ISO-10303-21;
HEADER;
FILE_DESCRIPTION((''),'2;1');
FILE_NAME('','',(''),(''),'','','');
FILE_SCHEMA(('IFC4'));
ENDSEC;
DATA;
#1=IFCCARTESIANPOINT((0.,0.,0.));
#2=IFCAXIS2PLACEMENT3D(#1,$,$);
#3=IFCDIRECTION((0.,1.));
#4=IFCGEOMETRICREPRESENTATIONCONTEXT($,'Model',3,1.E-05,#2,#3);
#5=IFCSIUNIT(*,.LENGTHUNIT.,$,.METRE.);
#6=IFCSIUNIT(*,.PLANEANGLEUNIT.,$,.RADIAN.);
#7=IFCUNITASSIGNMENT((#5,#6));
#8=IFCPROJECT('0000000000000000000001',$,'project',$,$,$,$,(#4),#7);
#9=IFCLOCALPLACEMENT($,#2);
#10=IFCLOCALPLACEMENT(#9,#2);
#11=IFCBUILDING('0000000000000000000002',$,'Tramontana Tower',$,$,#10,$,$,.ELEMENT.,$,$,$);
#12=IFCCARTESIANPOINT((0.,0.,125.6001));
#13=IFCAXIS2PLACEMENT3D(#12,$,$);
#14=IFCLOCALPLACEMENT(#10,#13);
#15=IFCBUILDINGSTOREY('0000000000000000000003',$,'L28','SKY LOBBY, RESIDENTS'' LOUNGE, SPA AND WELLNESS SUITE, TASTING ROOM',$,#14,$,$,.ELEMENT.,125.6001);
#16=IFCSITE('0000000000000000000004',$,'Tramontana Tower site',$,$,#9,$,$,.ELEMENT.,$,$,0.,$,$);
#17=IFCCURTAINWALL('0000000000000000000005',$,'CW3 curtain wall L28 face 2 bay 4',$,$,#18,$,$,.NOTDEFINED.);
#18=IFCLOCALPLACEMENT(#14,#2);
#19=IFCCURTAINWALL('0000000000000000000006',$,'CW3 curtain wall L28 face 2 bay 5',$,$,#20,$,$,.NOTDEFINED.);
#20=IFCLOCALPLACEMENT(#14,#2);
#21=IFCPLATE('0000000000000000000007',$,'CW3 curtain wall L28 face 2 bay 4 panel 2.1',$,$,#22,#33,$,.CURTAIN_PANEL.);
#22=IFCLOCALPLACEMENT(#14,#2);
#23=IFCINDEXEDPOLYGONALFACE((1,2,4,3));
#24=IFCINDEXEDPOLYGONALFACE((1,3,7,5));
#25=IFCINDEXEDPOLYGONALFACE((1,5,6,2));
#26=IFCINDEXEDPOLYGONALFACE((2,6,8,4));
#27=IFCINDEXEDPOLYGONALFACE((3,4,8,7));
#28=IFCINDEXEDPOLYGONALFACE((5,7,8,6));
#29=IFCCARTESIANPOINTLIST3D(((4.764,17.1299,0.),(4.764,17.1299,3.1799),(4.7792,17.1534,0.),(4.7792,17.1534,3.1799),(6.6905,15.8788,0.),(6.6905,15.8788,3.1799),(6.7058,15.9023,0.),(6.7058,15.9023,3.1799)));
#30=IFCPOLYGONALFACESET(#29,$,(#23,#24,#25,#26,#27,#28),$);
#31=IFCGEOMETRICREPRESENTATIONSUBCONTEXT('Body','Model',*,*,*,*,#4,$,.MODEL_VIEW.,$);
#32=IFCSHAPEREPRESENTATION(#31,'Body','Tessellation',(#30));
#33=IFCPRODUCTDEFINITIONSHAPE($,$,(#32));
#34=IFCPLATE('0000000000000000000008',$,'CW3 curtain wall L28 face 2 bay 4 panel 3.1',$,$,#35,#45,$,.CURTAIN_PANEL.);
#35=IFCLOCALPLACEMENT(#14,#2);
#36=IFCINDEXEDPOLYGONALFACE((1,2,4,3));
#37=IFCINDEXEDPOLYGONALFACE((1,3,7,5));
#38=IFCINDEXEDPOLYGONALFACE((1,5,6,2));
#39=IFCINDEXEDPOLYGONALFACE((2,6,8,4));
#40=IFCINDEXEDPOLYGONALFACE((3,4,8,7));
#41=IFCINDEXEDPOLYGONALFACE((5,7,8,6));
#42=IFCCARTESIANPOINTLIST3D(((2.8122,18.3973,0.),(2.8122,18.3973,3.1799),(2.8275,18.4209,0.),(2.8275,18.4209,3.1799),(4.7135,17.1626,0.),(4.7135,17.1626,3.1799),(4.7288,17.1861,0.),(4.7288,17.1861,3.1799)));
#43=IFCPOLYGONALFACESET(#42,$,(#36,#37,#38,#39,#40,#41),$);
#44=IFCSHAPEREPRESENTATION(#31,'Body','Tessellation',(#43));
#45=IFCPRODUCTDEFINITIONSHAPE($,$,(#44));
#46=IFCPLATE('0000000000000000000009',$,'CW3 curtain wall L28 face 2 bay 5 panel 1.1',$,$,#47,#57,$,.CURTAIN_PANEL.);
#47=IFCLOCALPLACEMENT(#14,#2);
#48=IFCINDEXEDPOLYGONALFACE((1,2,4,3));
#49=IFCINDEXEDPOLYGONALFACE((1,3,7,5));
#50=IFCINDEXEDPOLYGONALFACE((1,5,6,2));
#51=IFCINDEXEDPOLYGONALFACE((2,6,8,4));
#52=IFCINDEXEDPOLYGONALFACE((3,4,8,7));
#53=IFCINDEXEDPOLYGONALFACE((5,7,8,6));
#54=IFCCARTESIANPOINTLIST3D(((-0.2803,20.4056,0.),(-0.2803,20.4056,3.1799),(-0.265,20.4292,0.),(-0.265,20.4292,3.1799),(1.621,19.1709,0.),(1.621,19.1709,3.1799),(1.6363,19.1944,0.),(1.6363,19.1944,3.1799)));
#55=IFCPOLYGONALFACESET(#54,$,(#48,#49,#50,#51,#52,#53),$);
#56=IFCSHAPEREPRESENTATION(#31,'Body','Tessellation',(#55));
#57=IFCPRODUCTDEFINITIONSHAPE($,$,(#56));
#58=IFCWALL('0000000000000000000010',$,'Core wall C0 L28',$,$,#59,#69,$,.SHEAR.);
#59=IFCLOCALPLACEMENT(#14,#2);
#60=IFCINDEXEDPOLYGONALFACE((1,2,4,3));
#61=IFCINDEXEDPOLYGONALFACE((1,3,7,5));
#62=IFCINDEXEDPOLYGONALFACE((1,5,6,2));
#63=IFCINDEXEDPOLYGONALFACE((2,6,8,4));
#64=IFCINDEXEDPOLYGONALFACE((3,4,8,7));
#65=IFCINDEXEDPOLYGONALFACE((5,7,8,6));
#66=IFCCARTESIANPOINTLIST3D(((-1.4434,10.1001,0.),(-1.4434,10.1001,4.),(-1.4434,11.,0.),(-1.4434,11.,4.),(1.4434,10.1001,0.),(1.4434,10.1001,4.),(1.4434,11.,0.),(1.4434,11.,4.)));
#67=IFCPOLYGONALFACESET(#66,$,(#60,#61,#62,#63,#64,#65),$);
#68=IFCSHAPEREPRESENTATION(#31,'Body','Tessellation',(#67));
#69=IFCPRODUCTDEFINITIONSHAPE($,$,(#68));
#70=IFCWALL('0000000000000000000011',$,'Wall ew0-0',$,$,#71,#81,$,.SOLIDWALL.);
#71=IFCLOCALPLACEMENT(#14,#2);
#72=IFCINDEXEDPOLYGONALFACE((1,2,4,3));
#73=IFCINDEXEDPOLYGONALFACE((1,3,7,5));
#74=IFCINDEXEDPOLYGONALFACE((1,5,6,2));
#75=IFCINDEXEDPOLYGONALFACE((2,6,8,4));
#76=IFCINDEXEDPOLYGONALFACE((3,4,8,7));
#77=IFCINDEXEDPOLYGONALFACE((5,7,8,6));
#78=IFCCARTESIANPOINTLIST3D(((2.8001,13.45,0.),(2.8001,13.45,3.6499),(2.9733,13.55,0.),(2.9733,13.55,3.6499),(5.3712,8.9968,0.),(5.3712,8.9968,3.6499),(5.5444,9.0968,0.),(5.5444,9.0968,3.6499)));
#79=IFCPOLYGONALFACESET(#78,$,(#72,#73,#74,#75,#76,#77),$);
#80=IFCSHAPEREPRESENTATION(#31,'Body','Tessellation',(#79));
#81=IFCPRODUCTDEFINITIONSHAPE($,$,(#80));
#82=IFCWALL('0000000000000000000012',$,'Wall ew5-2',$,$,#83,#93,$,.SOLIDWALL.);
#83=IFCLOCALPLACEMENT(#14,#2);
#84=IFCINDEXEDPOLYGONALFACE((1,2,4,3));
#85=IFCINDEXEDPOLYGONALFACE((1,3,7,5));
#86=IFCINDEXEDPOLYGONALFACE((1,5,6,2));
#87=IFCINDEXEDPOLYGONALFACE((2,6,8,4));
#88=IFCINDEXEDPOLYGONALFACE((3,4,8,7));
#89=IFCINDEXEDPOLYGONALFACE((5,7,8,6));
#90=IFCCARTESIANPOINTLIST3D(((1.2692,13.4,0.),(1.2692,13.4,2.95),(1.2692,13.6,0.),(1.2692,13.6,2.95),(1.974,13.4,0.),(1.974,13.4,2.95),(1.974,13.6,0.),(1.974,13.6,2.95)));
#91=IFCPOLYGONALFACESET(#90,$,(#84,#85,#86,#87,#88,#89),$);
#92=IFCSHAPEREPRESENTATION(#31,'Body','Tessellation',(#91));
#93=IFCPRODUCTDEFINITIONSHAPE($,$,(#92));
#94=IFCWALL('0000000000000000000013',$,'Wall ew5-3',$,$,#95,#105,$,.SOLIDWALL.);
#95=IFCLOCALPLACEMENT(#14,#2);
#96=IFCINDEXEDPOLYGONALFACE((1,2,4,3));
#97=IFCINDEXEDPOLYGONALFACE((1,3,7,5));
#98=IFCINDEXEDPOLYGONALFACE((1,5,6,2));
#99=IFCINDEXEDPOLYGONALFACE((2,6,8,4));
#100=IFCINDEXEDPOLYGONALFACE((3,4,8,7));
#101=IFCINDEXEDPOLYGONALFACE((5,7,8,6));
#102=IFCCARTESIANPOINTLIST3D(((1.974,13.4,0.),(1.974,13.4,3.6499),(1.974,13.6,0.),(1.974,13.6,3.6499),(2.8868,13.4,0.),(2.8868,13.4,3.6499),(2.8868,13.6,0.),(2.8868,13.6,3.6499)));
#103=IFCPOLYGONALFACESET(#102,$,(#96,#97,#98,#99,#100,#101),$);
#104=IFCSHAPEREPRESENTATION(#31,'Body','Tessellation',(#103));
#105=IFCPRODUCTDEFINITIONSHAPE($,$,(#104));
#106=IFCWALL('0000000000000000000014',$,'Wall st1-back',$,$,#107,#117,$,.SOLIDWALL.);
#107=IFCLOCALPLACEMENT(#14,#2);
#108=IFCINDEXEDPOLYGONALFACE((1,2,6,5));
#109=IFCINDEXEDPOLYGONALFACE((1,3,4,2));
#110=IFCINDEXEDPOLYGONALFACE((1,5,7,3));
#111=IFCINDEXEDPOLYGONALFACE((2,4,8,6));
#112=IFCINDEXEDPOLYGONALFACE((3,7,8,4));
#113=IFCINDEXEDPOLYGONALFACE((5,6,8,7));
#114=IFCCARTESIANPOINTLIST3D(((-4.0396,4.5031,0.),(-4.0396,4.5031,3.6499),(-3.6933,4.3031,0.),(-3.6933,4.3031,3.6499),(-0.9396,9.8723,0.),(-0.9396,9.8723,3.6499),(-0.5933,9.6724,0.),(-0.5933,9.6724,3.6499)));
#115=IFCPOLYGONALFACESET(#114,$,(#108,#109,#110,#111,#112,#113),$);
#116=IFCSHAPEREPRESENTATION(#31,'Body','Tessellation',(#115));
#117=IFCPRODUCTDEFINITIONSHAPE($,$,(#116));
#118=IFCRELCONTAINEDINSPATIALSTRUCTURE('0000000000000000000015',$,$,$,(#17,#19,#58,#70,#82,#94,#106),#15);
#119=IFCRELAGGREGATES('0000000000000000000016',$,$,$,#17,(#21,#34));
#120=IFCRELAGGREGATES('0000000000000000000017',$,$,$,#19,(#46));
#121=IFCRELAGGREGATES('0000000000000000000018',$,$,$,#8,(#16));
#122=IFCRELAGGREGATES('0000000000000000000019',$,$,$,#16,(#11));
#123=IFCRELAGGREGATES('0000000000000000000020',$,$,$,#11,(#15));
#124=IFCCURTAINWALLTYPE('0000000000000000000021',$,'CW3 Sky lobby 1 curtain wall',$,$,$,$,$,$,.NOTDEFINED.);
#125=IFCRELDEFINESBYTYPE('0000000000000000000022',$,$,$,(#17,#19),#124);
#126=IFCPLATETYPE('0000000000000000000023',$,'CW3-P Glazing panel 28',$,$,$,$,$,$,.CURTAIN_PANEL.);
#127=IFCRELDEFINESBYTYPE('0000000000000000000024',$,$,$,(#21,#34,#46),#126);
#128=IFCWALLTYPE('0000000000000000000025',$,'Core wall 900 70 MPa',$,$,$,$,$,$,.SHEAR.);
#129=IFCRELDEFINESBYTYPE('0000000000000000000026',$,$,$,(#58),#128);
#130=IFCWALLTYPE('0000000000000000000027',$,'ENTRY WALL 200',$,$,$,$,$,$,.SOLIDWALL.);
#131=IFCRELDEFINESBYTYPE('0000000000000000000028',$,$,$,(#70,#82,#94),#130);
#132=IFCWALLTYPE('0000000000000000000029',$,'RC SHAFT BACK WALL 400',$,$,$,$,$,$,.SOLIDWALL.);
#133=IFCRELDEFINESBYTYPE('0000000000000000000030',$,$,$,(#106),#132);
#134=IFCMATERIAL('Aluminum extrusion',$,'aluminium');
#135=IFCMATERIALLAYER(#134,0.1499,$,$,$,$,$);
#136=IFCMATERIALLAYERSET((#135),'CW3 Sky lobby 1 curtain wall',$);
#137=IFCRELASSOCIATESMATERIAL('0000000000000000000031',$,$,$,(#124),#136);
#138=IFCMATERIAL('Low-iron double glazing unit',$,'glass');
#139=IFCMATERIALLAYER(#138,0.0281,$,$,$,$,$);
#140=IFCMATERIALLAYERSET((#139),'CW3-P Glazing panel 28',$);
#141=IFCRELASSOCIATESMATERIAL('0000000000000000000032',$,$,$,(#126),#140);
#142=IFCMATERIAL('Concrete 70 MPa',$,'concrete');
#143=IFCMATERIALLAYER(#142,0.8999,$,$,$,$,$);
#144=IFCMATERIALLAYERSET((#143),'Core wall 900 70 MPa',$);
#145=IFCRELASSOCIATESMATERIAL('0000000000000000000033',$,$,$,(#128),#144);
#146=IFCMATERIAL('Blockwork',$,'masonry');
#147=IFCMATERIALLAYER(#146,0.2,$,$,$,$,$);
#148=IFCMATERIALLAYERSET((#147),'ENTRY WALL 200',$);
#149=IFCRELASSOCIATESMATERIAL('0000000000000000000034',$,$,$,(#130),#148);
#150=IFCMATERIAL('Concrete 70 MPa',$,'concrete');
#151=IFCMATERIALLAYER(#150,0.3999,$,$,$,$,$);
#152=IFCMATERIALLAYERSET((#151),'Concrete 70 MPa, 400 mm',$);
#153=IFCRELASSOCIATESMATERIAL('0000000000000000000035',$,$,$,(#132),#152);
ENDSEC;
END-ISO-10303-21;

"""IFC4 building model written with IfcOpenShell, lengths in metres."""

from ifc_helpers import new_model, si_unit, direction, frame, frame_2d, origin, origin_2d, place, context, subcontext, project, spatial, rectangle, extrude, material, layer, layer_set, type_object, element, aggregate, save


model = new_model("IFC4")

# Units and contexts
model_context = context("Model", 3, precision=1e-05, world=origin(), true_north=direction((0.0, 1.0)))
body_context = subcontext(model_context, "Body", "Model", "MODEL_VIEW")
ifc_project = project(units=[si_unit("LENGTHUNIT", "METRE"), si_unit("PLANEANGLEUNIT", "RADIAN")], contexts=[model_context])

# Site, building, storey
site_placement = place(None, origin())
site = spatial("IfcSite", under=ifc_project, at=site_placement, Name="Tramontana Tower site", CompositionType="ELEMENT", RefElevation=0.0)
building_placement = place(site_placement, origin())
building = spatial("IfcBuilding", under=site, at=building_placement, Name="Tramontana Tower", CompositionType="ELEMENT")
storey_placement = place(building_placement, frame((0.0, 0.0, 125.6001)))
storey = spatial("IfcBuildingStorey", under=building, at=storey_placement, Name="L28", Description="SKY LOBBY, RESIDENTS' LOUNGE, SPA AND WELLNESS SUITE, TASTING ROOM", CompositionType="ELEMENT", Elevation=125.6001)

# Curtain walls
ifc_material_1 = material(Name="Aluminum extrusion", Category="aluminium")
ifc_layer_1 = layer(ifc_material_1, 0.1499)
ifc_layer_set_1 = layer_set([ifc_layer_1], Name="CW3 Sky lobby 1 curtain wall")
curtain_wall_type = type_object("IfcCurtainWallType", Name="CW3 Sky lobby 1 curtain wall", PredefinedType="NOTDEFINED", material=ifc_layer_set_1)
curtain_wall_1_placement = place(storey_placement, origin())
curtain_wall_1 = element("IfcCurtainWall", 1, at=curtain_wall_1_placement, inside=storey, type_object=curtain_wall_type, Name="CW3 curtain wall L28 face 2 bay 4", PredefinedType="NOTDEFINED")
curtain_wall_2_placement = place(storey_placement, origin())
curtain_wall_2 = element("IfcCurtainWall", 2, at=curtain_wall_2_placement, inside=storey, type_object=curtain_wall_type, Name="CW3 curtain wall L28 face 2 bay 5", PredefinedType="NOTDEFINED")

# Plates
ifc_material_2 = material(Name="Low-iron double glazing unit", Category="glass")
ifc_layer_2 = layer(ifc_material_2, 0.0281)
ifc_layer_set_2 = layer_set([ifc_layer_2], Name="CW3-P Glazing panel 28")
plate_type = type_object("IfcPlateType", Name="CW3-P Glazing panel 28", PredefinedType="CURTAIN_PANEL", material=ifc_layer_set_2)
plate_1_placement = place(storey_placement, frame((5.7349, 16.5161, 0.0), z_axis=(0.0, 0.0, 1.0), x_axis=(-0.838671, 0.544639, 0.0)))
plate_1 = element("IfcPlate", 3, at=plate_1_placement, type_object=plate_type, Name="CW3 curtain wall L28 face 2 bay 4 panel 2.1", PredefinedType="CURTAIN_PANEL", context=body_context, shape_type="SweptSolid", body=[
    extrude(rectangle(XDim=2.2971, YDim=0.0281, at=origin_2d()), origin(), (0.0, 0.0, 1.0), 3.1799),
])
plate_2_placement = place(storey_placement, frame((3.7705, 17.7917, 0.0), z_axis=(0.0, 0.0, 1.0), x_axis=(-0.838671, 0.544639, 0.0)))
plate_2 = element("IfcPlate", 4, at=plate_2_placement, type_object=plate_type, Name="CW3 curtain wall L28 face 2 bay 4 panel 3.1", PredefinedType="CURTAIN_PANEL", context=body_context, shape_type="SweptSolid", body=[
    extrude(rectangle(XDim=2.2671, YDim=0.0281, at=origin_2d()), origin(), (0.0, 0.0, 1.0), 3.1799),
])
aggregate(curtain_wall_1, [plate_1, plate_2])
plate_3_placement = place(storey_placement, frame((0.678, 19.8, 0.0), z_axis=(0.0, 0.0, 1.0), x_axis=(-0.838671, 0.544639, 0.0)))
plate_3 = element("IfcPlate", 5, at=plate_3_placement, type_object=plate_type, Name="CW3 curtain wall L28 face 2 bay 5 panel 1.1", PredefinedType="CURTAIN_PANEL", context=body_context, shape_type="SweptSolid", body=[
    extrude(rectangle(XDim=2.2671, YDim=0.0281, at=origin_2d()), origin(), (0.0, 0.0, 1.0), 3.1799),
])
aggregate(curtain_wall_2, [plate_3])

# Walls
ifc_material_3 = material(Name="Concrete 70 MPa", Category="concrete")
ifc_layer_3 = layer(ifc_material_3, 0.8999)
ifc_layer_set_3 = layer_set([ifc_layer_3], Name="Core wall 900 70 MPa")
wall_type_1 = type_object("IfcWallType", Name="Core wall 900 70 MPa", PredefinedType="SHEAR", material=ifc_layer_set_3)
wall_1_placement = place(storey_placement, frame((1.4434, 10.55, 0.0), z_axis=(0.0, 0.0, 1.0), x_axis=(-1.0, 0.0, 0.0)))
element("IfcWall", 6, at=wall_1_placement, inside=storey, type_object=wall_type_1, Name="Core wall C0 L28", PredefinedType="SHEAR", context=body_context, shape_type="SweptSolid", body=[
    extrude(rectangle(XDim=2.8867, YDim=0.8999, at=frame_2d((1.4434, 0.0))), origin(), (0.0, 0.0, 1.0), 4.0),
])
ifc_material_4 = material(Name="Blockwork", Category="masonry")
ifc_layer_4 = layer(ifc_material_4, 0.2)
ifc_layer_set_4 = layer_set([ifc_layer_4], Name="ENTRY WALL 200")
wall_type_2 = type_object("IfcWallType", Name="ENTRY WALL 200", PredefinedType="SOLIDWALL", material=ifc_layer_set_4)
wall_2_placement = place(storey_placement, frame((2.8867, 13.5, 0.0), z_axis=(0.0, 0.0, 1.0), x_axis=(0.500005, -0.866023, 0.0)))
element("IfcWall", 7, at=wall_2_placement, inside=storey, type_object=wall_type_2, Name="Wall ew0-0", PredefinedType="SOLIDWALL", context=body_context, shape_type="SweptSolid", body=[
    extrude(rectangle(XDim=5.1421, YDim=0.2, at=frame_2d((2.571, 0.0))), origin(), (0.0, 0.0, 1.0), 3.6499),
])
wall_3_placement = place(storey_placement, frame((1.269, 13.5, 0.0), z_axis=(0.0, 0.0, 1.0), x_axis=(1.0, 0.0, 0.0)))
element("IfcWall", 8, at=wall_3_placement, inside=storey, type_object=wall_type_2, Name="Wall ew5-2", PredefinedType="SOLIDWALL", context=body_context, shape_type="SweptSolid", body=[
    extrude(rectangle(XDim=0.7048, YDim=0.2, at=frame_2d((0.3525, 0.0))), origin(), (0.0, 0.0, 1.0), 2.95),
])
wall_4_placement = place(storey_placement, frame((1.9739, 13.5, 0.0), z_axis=(0.0, 0.0, 1.0), x_axis=(1.0, 0.0, 0.0)))
element("IfcWall", 9, at=wall_4_placement, inside=storey, type_object=wall_type_2, Name="Wall ew5-3", PredefinedType="SOLIDWALL", context=body_context, shape_type="SweptSolid", body=[
    extrude(rectangle(XDim=0.9128, YDim=0.2, at=frame_2d((0.4565, 0.0))), origin(), (0.0, 0.0, 1.0), 3.6499),
])
ifc_material_5 = material(Name="Concrete 70 MPa", Category="concrete")
ifc_layer_5 = layer(ifc_material_5, 0.3999)
ifc_layer_set_5 = layer_set([ifc_layer_5], Name="Concrete 70 MPa, 400 mm")
wall_type_3 = type_object("IfcWallType", Name="RC SHAFT BACK WALL 400", PredefinedType="SOLIDWALL", material=ifc_layer_set_5)
wall_5_placement = place(storey_placement, frame((-0.7664, 9.7725, 0.0), z_axis=(0.0, 0.0, 1.0), x_axis=(-0.50001, -0.86602, 0.0)))
element("IfcWall", 10, at=wall_5_placement, inside=storey, type_object=wall_type_3, Name="Wall st1-back", PredefinedType="SOLIDWALL", context=body_context, shape_type="SweptSolid", body=[
    extrude(rectangle(XDim=6.2, YDim=0.3999, at=frame_2d((3.1001, 0.0))), origin(), (0.0, 0.0, 1.0), 3.6499),
])

save(model, "model.ifc")
